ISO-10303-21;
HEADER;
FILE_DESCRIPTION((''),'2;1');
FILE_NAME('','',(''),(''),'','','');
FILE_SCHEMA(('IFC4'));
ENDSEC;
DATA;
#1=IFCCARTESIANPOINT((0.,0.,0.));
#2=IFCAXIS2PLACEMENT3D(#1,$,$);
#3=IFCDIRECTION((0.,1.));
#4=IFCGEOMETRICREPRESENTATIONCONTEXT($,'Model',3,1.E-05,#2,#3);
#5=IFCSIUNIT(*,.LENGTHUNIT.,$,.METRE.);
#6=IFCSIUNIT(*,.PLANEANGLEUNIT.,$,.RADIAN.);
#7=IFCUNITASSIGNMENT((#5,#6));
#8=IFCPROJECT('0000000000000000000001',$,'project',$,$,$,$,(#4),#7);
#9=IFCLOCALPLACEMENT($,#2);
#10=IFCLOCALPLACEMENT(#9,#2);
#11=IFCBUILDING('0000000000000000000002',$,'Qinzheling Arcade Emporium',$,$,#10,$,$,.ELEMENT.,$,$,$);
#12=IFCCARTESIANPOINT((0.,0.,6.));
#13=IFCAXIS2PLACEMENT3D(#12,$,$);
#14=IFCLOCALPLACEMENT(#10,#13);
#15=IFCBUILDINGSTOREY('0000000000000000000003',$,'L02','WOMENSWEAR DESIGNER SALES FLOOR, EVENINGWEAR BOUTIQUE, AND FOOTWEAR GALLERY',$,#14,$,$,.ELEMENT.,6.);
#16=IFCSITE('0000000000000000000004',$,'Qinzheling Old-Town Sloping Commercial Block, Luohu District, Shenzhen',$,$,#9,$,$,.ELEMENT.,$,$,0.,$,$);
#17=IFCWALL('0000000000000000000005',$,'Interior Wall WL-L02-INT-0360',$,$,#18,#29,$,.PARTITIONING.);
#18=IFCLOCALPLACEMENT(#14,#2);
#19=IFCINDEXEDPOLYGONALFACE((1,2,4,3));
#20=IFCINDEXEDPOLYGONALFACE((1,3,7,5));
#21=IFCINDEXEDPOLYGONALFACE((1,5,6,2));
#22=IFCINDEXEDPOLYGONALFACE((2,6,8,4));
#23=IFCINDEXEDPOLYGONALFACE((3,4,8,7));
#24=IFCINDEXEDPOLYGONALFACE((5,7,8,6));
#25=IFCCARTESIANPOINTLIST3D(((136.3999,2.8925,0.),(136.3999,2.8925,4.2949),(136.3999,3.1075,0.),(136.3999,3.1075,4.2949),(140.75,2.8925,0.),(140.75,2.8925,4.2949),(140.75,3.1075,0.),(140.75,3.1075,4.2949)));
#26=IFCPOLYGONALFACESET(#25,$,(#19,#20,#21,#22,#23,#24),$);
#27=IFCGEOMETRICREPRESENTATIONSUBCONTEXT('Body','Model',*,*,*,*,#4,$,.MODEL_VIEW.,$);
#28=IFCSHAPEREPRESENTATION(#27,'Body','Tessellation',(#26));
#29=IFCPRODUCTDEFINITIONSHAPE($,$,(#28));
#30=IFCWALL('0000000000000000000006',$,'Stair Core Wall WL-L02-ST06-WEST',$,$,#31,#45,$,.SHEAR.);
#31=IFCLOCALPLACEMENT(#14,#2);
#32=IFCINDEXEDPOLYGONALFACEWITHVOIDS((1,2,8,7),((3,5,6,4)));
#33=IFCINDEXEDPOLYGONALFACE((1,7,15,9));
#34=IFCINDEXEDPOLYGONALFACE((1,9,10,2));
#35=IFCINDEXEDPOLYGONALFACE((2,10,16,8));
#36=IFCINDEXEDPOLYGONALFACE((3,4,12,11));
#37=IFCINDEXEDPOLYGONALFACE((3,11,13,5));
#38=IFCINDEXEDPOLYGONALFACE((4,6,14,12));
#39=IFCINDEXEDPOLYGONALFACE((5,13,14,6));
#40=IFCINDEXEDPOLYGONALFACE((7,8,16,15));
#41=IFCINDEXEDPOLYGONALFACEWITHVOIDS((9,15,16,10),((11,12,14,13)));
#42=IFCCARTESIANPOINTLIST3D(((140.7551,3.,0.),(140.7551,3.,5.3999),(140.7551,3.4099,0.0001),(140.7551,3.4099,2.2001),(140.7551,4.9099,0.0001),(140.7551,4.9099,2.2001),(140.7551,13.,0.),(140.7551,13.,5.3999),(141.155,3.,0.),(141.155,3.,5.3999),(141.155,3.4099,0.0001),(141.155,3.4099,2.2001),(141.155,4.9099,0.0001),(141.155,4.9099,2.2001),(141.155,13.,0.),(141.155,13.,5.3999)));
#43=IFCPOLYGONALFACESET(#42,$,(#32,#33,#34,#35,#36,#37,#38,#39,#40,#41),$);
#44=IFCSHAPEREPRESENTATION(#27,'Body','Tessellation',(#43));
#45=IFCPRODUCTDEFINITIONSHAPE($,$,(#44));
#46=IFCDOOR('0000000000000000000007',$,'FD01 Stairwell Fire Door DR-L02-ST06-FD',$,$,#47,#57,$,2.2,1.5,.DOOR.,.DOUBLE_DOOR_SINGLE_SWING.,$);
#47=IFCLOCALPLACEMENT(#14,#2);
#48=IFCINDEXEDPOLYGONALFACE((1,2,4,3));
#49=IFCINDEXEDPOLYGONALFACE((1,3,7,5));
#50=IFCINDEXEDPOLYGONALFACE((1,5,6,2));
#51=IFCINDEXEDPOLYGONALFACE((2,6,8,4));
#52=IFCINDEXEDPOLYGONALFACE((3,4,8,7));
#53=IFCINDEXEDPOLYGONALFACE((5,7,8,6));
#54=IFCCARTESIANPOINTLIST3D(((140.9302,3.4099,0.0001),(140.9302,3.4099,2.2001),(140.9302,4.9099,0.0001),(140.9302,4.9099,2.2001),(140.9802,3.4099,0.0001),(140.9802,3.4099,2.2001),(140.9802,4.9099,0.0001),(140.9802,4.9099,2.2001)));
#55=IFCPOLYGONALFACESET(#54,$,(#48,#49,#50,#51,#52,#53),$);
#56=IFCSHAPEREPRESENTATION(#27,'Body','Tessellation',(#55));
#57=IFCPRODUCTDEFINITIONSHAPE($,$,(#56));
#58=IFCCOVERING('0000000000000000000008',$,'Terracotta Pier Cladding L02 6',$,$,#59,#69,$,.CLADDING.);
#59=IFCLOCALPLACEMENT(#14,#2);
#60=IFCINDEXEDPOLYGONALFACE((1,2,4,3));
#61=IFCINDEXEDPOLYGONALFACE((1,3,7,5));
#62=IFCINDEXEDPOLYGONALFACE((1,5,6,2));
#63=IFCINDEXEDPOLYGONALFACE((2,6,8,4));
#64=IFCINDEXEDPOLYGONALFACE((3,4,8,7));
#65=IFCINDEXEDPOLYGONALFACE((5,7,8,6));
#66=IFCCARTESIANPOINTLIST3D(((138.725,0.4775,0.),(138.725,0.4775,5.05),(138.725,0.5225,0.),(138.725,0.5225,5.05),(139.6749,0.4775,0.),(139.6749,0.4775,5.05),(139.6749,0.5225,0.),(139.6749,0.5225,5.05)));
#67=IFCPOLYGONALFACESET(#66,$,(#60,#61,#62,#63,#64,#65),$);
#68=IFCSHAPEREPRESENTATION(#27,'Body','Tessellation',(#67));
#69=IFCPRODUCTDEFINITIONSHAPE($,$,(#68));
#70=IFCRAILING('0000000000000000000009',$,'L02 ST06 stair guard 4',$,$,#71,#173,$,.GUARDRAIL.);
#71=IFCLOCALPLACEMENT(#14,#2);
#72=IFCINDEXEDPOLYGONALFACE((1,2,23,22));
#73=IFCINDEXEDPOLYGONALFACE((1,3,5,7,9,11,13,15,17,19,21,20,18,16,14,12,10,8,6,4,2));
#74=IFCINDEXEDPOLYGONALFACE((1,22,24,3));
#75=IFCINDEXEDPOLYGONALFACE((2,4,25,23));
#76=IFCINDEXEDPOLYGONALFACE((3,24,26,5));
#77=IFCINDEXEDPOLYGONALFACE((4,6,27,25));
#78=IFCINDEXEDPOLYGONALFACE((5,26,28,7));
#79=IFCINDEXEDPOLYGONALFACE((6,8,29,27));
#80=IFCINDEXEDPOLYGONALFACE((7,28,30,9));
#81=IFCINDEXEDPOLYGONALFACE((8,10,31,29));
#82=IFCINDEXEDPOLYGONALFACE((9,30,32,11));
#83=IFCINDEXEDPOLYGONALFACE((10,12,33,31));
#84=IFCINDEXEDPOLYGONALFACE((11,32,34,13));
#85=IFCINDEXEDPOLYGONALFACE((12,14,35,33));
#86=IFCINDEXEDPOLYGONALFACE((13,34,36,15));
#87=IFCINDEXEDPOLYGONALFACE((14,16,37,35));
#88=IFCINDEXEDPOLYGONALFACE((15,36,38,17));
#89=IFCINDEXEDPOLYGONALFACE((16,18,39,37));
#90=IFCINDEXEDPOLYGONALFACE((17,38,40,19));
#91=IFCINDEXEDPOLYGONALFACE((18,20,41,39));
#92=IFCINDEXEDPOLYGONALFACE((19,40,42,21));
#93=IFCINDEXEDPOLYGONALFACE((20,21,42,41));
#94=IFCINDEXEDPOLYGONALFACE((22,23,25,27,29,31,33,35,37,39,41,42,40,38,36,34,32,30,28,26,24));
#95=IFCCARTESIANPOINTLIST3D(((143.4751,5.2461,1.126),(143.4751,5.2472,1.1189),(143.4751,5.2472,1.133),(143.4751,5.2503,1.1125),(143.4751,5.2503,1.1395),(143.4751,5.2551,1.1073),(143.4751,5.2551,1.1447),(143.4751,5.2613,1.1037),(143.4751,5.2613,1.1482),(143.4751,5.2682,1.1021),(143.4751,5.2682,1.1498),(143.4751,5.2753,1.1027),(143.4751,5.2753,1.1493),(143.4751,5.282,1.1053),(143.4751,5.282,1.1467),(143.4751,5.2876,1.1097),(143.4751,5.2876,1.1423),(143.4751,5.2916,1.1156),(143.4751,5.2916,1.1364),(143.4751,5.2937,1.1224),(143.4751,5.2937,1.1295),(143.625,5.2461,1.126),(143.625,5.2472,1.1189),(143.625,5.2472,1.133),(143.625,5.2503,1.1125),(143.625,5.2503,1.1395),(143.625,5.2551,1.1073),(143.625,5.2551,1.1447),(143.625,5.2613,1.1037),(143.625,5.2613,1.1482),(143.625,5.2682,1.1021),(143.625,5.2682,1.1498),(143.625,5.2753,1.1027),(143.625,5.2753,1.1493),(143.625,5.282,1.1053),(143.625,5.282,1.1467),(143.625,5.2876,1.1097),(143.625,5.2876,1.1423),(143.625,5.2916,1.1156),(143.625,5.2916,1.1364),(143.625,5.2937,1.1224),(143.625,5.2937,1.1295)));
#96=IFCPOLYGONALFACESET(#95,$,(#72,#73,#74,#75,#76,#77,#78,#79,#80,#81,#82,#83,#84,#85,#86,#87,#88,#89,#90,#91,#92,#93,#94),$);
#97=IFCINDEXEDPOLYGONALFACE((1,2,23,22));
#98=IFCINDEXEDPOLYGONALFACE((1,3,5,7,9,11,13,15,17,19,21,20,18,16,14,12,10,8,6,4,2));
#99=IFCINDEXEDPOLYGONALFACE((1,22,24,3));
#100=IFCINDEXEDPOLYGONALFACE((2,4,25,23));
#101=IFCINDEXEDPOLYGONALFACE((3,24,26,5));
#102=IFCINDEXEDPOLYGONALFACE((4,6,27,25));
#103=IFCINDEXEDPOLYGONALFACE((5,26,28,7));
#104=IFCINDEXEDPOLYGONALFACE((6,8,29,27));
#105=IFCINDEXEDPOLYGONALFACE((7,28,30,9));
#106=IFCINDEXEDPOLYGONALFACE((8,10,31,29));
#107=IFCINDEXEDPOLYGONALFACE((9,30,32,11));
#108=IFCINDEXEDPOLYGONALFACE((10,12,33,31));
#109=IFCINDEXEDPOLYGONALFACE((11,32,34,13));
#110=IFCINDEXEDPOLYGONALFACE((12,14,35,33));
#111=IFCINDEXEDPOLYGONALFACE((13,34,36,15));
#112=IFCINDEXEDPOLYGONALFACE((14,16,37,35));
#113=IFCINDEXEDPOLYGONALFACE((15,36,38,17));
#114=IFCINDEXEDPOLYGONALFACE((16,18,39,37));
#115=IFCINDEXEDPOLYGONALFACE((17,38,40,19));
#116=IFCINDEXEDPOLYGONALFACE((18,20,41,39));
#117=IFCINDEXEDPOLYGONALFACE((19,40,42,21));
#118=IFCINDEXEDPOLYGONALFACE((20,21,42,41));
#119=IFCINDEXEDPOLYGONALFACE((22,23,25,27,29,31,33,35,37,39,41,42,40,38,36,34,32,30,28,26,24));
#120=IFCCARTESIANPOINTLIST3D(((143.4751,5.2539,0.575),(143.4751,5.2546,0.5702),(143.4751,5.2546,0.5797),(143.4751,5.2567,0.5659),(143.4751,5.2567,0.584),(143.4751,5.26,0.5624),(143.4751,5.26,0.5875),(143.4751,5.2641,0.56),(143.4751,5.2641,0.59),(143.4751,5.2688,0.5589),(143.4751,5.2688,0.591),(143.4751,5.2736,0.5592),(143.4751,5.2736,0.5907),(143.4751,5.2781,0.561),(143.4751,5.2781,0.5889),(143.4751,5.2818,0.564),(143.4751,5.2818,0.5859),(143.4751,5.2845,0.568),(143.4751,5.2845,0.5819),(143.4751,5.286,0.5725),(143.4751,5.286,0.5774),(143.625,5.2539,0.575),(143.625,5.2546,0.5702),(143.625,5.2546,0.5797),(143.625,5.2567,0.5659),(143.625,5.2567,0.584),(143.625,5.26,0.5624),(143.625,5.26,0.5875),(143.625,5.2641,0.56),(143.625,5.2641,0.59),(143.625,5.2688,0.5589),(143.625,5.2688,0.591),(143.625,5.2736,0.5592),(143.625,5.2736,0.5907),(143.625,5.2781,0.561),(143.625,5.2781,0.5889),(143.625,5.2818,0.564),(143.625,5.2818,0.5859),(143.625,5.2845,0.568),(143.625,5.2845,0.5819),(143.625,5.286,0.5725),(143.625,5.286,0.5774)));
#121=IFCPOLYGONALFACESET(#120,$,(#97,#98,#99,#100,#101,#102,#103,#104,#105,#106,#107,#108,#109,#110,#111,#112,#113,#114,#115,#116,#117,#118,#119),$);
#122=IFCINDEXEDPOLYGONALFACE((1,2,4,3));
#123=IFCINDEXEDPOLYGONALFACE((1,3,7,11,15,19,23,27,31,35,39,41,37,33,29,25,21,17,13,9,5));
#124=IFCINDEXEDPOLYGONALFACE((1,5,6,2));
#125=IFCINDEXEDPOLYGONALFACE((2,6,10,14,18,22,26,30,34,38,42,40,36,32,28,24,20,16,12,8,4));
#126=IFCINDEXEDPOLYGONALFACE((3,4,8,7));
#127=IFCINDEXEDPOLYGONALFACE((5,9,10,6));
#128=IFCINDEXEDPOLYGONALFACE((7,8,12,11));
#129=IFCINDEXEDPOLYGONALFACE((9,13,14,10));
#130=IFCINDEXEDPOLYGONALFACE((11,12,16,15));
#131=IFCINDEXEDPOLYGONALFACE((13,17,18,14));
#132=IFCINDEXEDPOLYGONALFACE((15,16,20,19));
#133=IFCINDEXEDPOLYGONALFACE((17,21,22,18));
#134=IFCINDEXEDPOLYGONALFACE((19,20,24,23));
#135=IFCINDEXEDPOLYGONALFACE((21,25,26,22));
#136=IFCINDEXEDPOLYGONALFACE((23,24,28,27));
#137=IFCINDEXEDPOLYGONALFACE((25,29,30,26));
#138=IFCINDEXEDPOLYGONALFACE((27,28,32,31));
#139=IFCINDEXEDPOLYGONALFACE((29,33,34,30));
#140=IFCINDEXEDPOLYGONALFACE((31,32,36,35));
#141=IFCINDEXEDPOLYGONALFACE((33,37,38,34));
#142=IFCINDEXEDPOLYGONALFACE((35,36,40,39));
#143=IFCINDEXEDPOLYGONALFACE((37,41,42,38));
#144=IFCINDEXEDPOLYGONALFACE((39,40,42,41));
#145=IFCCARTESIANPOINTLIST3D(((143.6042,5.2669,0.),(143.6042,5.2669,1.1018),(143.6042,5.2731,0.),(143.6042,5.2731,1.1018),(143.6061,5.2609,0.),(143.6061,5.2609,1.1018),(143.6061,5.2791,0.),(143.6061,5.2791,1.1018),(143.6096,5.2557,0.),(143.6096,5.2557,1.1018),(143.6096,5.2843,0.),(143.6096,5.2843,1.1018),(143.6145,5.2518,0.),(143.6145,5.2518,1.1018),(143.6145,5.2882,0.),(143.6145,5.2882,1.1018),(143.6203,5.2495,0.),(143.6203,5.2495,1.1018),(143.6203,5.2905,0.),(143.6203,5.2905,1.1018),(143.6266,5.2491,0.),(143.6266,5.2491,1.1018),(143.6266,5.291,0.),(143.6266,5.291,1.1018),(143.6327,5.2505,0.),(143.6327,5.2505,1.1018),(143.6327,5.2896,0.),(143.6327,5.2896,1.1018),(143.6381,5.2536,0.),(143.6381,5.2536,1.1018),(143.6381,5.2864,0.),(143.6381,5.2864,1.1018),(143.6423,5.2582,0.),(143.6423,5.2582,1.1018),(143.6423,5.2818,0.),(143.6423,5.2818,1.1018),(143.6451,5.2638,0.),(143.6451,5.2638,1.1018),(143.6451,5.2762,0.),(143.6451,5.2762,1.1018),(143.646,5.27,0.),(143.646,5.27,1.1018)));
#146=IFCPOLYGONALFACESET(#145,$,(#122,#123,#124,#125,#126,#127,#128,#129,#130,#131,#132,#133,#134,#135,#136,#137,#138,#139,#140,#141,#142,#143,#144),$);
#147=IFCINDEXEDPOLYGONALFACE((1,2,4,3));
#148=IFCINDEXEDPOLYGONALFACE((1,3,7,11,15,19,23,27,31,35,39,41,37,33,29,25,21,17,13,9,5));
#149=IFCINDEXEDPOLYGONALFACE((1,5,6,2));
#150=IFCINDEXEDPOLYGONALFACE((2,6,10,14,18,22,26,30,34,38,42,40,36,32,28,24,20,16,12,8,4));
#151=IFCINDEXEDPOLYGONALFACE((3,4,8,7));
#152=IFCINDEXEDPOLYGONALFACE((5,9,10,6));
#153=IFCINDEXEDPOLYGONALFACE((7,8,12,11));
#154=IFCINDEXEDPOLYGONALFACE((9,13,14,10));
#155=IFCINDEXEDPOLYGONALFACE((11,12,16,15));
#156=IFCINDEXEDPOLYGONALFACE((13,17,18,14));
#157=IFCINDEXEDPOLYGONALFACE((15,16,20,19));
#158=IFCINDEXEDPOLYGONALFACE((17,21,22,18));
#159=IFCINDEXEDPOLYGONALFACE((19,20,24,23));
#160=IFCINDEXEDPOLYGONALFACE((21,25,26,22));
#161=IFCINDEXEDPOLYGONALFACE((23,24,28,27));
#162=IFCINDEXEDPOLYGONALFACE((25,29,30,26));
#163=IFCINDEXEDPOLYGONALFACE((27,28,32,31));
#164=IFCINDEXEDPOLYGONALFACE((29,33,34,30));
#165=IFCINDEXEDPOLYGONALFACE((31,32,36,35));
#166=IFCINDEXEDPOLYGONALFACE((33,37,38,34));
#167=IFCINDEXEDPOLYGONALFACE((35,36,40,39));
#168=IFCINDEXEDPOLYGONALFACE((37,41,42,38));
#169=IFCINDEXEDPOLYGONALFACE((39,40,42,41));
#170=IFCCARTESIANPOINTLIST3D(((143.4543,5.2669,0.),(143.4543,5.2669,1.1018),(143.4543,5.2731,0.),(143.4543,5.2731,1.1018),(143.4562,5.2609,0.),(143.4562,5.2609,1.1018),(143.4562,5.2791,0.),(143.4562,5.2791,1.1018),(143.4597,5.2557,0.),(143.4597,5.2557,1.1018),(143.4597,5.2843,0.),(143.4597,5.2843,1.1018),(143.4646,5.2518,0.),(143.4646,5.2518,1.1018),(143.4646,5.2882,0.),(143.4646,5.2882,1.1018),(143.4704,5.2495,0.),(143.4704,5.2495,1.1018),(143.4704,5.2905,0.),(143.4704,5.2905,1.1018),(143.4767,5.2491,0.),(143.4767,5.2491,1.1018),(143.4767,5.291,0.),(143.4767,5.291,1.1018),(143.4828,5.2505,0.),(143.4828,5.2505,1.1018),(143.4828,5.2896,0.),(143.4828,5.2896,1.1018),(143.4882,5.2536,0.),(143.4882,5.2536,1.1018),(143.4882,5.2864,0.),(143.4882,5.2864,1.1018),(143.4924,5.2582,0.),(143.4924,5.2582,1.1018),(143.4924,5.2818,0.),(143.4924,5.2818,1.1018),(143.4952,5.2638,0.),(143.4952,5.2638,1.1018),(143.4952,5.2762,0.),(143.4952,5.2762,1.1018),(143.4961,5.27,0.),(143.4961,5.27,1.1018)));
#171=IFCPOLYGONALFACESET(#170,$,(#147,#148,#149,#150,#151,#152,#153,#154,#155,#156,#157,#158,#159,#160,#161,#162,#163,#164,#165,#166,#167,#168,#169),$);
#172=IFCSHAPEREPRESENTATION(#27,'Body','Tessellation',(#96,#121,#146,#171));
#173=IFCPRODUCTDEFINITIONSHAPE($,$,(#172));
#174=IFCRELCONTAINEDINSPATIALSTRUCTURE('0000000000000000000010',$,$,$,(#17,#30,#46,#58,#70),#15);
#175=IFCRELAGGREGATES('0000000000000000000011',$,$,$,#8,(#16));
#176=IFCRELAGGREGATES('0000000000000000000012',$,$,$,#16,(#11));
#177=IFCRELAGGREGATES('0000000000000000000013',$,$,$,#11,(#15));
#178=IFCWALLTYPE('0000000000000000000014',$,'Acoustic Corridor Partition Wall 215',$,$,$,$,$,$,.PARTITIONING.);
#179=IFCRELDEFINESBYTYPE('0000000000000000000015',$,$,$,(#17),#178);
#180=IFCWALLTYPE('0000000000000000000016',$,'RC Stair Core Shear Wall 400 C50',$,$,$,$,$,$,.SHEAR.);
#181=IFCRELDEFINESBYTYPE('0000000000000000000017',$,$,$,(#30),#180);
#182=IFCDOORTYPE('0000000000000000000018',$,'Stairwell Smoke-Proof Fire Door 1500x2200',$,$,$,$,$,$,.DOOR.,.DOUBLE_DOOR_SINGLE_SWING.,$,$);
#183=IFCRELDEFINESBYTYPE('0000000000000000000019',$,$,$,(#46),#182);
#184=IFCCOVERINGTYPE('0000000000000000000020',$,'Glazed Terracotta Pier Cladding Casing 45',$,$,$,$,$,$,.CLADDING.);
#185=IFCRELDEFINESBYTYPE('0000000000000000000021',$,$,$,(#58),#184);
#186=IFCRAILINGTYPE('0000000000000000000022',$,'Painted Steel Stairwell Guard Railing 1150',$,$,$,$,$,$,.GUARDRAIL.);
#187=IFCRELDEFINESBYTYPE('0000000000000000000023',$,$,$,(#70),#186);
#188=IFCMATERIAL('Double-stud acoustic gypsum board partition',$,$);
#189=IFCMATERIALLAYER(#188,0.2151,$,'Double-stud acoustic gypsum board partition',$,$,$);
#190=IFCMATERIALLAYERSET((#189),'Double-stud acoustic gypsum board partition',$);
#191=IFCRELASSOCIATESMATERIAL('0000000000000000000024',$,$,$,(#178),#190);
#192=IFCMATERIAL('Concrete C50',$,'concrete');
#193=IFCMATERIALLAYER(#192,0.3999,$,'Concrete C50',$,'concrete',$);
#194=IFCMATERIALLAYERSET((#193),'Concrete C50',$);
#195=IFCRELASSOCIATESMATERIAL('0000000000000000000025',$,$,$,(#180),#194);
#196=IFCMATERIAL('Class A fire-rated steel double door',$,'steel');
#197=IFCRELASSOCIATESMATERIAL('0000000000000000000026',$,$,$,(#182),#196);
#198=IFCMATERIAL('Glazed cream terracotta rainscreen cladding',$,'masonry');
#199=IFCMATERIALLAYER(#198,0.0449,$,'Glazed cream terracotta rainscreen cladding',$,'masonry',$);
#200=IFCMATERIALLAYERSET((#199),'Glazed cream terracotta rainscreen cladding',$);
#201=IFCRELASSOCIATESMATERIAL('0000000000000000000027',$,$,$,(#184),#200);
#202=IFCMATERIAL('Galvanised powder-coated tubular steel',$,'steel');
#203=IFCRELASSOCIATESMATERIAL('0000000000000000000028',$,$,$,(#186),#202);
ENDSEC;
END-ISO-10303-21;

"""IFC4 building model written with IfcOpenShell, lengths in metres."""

from ifc_helpers import new_model, si_unit, direction, frame, frame_2d, origin, origin_2d, place, context, subcontext, project, spatial, rectangle, circle, extrude, material, layer, layer_set, type_object, element, fill, save


model = new_model("IFC4")

# Units and contexts
model_context = context("Model", 3, precision=1e-05, world=origin(), true_north=direction((0.0, 1.0)))
body_context = subcontext(model_context, "Body", "Model", "MODEL_VIEW")
ifc_project = project(units=[si_unit("LENGTHUNIT", "METRE"), si_unit("PLANEANGLEUNIT", "RADIAN")], contexts=[model_context])

# Site, building, storey
site_placement = place(None, origin())
site = spatial("IfcSite", under=ifc_project, at=site_placement, Name="Qinzheling Old-Town Sloping Commercial Block, Luohu District, Shenzhen", CompositionType="ELEMENT", RefElevation=0.0)
building_placement = place(site_placement, origin())
building = spatial("IfcBuilding", under=site, at=building_placement, Name="Qinzheling Arcade Emporium", CompositionType="ELEMENT")
storey_placement = place(building_placement, frame((0.0, 0.0, 6.0)))
storey = spatial("IfcBuildingStorey", under=building, at=storey_placement, Name="L02", Description="WOMENSWEAR DESIGNER SALES FLOOR, EVENINGWEAR BOUTIQUE, AND FOOTWEAR GALLERY", CompositionType="ELEMENT", Elevation=6.0)

# Shared definitions
ifc_material_1 = material(Name="Concrete C50", Category="concrete")

# Wall
ifc_material_2 = material(Name="Double-stud acoustic gypsum board partition")
ifc_layer_1 = layer(ifc_material_2, 0.2151, Name="Double-stud acoustic gypsum board partition")
ifc_layer_set_1 = layer_set([ifc_layer_1], Name="Double-stud acoustic gypsum board partition")
wall_type_1 = type_object("IfcWallType", Name="Acoustic Corridor Partition Wall 215", PredefinedType="PARTITIONING", material=ifc_layer_set_1)
wall_1_placement = place(storey_placement, frame((140.75, 3.0, 0.0), z_axis=(0.0, 0.0, 1.0), x_axis=(-1.0, 0.0, 0.0)))
element("IfcWall", 1, at=wall_1_placement, inside=storey, type_object=wall_type_1, Name="Interior Wall WL-L02-INT-0360", PredefinedType="PARTITIONING", context=body_context, shape_type="SweptSolid", body=[
    extrude(rectangle(XDim=4.3501, YDim=0.2151, at=frame_2d((2.175, 0.0))), origin(), (0.0, 0.0, 1.0), 4.2949),
])

# Wall, opening, door
ifc_layer_2 = layer(ifc_material_1, 0.3999, Name="Concrete C50", Category="concrete")
ifc_layer_set_2 = layer_set([ifc_layer_2], Name="Concrete C50")
wall_type_2 = type_object("IfcWallType", Name="RC Stair Core Shear Wall 400 C50", PredefinedType="SHEAR", material=ifc_layer_set_2)
wall_2_placement = place(storey_placement, frame((140.9551, 3.0, 0.0), z_axis=(0.0, 0.0, 1.0), x_axis=(0.0, 1.0, 0.0)))
wall_2 = element("IfcWall", 2, at=wall_2_placement, inside=storey, type_object=wall_type_2, Name="Stair Core Wall WL-L02-ST06-WEST", PredefinedType="SHEAR", context=body_context, shape_type="SweptSolid", body=[
    extrude(rectangle(XDim=10.0, YDim=0.3999, at=frame_2d((5.0, 0.0))), origin(), (0.0, 0.0, 1.0), 5.3999),
])
opening_placement = place(wall_2_placement, frame((0.4099, 0.0, 0.0)))
opening = element("IfcOpeningElement", 3, at=opening_placement, cuts=wall_2, PredefinedType="OPENING", context=body_context, shape_type="SweptSolid", body=[
    extrude(rectangle(XDim=1.5, YDim=2.2, at=frame_2d((0.75, 1.1001))), frame((0.0, 0.21, 0.0), z_axis=(0.0, -1.0, 0.0), x_axis=(1.0, 0.0, 0.0)), (0.0, 0.0, 1.0), 0.4199),
])
ifc_material_3 = material(Name="Class A fire-rated steel double door", Category="steel")
door_type = type_object("IfcDoorType", Name="Stairwell Smoke-Proof Fire Door 1500x2200", OperationType="DOUBLE_DOOR_SINGLE_SWING", PredefinedType="DOOR", material=ifc_material_3)
door_placement = place(opening_placement, origin())
door = element("IfcDoor", 4, at=door_placement, inside=storey, type_object=door_type, Name="FD01 Stairwell Fire Door DR-L02-ST06-FD", OperationType="DOUBLE_DOOR_SINGLE_SWING", OverallHeight=2.2, OverallWidth=1.5, PredefinedType="DOOR", context=body_context, shape_type="SweptSolid", body=[
    extrude(rectangle(XDim=1.5, YDim=2.2, at=frame_2d((0.75, 1.1001))), frame((0.0, 0.0249, 0.0), z_axis=(0.0, -1.0, 0.0), x_axis=(1.0, 0.0, 0.0)), (0.0, 0.0, 1.0), 0.05),
])
fill(opening, door)

# Covering
ifc_material_4 = material(Name="Glazed cream terracotta rainscreen cladding", Category="masonry")
ifc_layer_3 = layer(ifc_material_4, 0.0449, Name="Glazed cream terracotta rainscreen cladding", Category="masonry")
ifc_layer_set_3 = layer_set([ifc_layer_3], Name="Glazed cream terracotta rainscreen cladding")
covering_type = type_object("IfcCoveringType", Name="Glazed Terracotta Pier Cladding Casing 45", PredefinedType="CLADDING", material=ifc_layer_set_3)
covering_placement = place(storey_placement, frame((139.2, 0.5, 0.0), z_axis=(0.0, 0.0, 1.0), x_axis=(1.0, 0.0, 0.0)))
element("IfcCovering", 5, at=covering_placement, inside=storey, type_object=covering_type, Name="Terracotta Pier Cladding L02 6", PredefinedType="CLADDING", context=body_context, shape_type="SweptSolid", body=[
    extrude(rectangle(XDim=0.95, YDim=0.0449, at=origin_2d()), origin(), (0.0, 0.0, 1.0), 5.05),
])

# Railing
ifc_material_5 = material(Name="Galvanised powder-coated tubular steel", Category="steel")
railing_type = type_object("IfcRailingType", Name="Painted Steel Stairwell Guard Railing 1150", PredefinedType="GUARDRAIL", material=ifc_material_5)
railing_placement = place(storey_placement, frame((143.625, 5.27, 0.0)))
element("IfcRailing", 6, at=railing_placement, inside=storey, type_object=railing_type, Name="L02 ST06 stair guard 4", PredefinedType="GUARDRAIL", context=body_context, shape_type="SweptSolid", body=[
    extrude(circle(Radius=0.0239, at=origin_2d()), frame((0.0, 0.0, 1.126), z_axis=(-1.0, 0.0, 0.0), x_axis=(0.0, -1.0, 0.0)), (0.0, 0.0, 1.0), 0.1499),
    extrude(circle(Radius=0.0161, at=origin_2d()), frame((0.0, 0.0, 0.575), z_axis=(-1.0, 0.0, 0.0), x_axis=(0.0, -1.0, 0.0)), (0.0, 0.0, 1.0), 0.1499),
    extrude(circle(Radius=0.021, at=origin_2d()), origin(), (0.0, 0.0, 1.0), 1.1018),
    extrude(circle(Radius=0.021, at=origin_2d()), frame((-0.1499, 0.0, 0.0)), (0.0, 0.0, 1.0), 1.1018),
])

save(model, "model.ifc")
